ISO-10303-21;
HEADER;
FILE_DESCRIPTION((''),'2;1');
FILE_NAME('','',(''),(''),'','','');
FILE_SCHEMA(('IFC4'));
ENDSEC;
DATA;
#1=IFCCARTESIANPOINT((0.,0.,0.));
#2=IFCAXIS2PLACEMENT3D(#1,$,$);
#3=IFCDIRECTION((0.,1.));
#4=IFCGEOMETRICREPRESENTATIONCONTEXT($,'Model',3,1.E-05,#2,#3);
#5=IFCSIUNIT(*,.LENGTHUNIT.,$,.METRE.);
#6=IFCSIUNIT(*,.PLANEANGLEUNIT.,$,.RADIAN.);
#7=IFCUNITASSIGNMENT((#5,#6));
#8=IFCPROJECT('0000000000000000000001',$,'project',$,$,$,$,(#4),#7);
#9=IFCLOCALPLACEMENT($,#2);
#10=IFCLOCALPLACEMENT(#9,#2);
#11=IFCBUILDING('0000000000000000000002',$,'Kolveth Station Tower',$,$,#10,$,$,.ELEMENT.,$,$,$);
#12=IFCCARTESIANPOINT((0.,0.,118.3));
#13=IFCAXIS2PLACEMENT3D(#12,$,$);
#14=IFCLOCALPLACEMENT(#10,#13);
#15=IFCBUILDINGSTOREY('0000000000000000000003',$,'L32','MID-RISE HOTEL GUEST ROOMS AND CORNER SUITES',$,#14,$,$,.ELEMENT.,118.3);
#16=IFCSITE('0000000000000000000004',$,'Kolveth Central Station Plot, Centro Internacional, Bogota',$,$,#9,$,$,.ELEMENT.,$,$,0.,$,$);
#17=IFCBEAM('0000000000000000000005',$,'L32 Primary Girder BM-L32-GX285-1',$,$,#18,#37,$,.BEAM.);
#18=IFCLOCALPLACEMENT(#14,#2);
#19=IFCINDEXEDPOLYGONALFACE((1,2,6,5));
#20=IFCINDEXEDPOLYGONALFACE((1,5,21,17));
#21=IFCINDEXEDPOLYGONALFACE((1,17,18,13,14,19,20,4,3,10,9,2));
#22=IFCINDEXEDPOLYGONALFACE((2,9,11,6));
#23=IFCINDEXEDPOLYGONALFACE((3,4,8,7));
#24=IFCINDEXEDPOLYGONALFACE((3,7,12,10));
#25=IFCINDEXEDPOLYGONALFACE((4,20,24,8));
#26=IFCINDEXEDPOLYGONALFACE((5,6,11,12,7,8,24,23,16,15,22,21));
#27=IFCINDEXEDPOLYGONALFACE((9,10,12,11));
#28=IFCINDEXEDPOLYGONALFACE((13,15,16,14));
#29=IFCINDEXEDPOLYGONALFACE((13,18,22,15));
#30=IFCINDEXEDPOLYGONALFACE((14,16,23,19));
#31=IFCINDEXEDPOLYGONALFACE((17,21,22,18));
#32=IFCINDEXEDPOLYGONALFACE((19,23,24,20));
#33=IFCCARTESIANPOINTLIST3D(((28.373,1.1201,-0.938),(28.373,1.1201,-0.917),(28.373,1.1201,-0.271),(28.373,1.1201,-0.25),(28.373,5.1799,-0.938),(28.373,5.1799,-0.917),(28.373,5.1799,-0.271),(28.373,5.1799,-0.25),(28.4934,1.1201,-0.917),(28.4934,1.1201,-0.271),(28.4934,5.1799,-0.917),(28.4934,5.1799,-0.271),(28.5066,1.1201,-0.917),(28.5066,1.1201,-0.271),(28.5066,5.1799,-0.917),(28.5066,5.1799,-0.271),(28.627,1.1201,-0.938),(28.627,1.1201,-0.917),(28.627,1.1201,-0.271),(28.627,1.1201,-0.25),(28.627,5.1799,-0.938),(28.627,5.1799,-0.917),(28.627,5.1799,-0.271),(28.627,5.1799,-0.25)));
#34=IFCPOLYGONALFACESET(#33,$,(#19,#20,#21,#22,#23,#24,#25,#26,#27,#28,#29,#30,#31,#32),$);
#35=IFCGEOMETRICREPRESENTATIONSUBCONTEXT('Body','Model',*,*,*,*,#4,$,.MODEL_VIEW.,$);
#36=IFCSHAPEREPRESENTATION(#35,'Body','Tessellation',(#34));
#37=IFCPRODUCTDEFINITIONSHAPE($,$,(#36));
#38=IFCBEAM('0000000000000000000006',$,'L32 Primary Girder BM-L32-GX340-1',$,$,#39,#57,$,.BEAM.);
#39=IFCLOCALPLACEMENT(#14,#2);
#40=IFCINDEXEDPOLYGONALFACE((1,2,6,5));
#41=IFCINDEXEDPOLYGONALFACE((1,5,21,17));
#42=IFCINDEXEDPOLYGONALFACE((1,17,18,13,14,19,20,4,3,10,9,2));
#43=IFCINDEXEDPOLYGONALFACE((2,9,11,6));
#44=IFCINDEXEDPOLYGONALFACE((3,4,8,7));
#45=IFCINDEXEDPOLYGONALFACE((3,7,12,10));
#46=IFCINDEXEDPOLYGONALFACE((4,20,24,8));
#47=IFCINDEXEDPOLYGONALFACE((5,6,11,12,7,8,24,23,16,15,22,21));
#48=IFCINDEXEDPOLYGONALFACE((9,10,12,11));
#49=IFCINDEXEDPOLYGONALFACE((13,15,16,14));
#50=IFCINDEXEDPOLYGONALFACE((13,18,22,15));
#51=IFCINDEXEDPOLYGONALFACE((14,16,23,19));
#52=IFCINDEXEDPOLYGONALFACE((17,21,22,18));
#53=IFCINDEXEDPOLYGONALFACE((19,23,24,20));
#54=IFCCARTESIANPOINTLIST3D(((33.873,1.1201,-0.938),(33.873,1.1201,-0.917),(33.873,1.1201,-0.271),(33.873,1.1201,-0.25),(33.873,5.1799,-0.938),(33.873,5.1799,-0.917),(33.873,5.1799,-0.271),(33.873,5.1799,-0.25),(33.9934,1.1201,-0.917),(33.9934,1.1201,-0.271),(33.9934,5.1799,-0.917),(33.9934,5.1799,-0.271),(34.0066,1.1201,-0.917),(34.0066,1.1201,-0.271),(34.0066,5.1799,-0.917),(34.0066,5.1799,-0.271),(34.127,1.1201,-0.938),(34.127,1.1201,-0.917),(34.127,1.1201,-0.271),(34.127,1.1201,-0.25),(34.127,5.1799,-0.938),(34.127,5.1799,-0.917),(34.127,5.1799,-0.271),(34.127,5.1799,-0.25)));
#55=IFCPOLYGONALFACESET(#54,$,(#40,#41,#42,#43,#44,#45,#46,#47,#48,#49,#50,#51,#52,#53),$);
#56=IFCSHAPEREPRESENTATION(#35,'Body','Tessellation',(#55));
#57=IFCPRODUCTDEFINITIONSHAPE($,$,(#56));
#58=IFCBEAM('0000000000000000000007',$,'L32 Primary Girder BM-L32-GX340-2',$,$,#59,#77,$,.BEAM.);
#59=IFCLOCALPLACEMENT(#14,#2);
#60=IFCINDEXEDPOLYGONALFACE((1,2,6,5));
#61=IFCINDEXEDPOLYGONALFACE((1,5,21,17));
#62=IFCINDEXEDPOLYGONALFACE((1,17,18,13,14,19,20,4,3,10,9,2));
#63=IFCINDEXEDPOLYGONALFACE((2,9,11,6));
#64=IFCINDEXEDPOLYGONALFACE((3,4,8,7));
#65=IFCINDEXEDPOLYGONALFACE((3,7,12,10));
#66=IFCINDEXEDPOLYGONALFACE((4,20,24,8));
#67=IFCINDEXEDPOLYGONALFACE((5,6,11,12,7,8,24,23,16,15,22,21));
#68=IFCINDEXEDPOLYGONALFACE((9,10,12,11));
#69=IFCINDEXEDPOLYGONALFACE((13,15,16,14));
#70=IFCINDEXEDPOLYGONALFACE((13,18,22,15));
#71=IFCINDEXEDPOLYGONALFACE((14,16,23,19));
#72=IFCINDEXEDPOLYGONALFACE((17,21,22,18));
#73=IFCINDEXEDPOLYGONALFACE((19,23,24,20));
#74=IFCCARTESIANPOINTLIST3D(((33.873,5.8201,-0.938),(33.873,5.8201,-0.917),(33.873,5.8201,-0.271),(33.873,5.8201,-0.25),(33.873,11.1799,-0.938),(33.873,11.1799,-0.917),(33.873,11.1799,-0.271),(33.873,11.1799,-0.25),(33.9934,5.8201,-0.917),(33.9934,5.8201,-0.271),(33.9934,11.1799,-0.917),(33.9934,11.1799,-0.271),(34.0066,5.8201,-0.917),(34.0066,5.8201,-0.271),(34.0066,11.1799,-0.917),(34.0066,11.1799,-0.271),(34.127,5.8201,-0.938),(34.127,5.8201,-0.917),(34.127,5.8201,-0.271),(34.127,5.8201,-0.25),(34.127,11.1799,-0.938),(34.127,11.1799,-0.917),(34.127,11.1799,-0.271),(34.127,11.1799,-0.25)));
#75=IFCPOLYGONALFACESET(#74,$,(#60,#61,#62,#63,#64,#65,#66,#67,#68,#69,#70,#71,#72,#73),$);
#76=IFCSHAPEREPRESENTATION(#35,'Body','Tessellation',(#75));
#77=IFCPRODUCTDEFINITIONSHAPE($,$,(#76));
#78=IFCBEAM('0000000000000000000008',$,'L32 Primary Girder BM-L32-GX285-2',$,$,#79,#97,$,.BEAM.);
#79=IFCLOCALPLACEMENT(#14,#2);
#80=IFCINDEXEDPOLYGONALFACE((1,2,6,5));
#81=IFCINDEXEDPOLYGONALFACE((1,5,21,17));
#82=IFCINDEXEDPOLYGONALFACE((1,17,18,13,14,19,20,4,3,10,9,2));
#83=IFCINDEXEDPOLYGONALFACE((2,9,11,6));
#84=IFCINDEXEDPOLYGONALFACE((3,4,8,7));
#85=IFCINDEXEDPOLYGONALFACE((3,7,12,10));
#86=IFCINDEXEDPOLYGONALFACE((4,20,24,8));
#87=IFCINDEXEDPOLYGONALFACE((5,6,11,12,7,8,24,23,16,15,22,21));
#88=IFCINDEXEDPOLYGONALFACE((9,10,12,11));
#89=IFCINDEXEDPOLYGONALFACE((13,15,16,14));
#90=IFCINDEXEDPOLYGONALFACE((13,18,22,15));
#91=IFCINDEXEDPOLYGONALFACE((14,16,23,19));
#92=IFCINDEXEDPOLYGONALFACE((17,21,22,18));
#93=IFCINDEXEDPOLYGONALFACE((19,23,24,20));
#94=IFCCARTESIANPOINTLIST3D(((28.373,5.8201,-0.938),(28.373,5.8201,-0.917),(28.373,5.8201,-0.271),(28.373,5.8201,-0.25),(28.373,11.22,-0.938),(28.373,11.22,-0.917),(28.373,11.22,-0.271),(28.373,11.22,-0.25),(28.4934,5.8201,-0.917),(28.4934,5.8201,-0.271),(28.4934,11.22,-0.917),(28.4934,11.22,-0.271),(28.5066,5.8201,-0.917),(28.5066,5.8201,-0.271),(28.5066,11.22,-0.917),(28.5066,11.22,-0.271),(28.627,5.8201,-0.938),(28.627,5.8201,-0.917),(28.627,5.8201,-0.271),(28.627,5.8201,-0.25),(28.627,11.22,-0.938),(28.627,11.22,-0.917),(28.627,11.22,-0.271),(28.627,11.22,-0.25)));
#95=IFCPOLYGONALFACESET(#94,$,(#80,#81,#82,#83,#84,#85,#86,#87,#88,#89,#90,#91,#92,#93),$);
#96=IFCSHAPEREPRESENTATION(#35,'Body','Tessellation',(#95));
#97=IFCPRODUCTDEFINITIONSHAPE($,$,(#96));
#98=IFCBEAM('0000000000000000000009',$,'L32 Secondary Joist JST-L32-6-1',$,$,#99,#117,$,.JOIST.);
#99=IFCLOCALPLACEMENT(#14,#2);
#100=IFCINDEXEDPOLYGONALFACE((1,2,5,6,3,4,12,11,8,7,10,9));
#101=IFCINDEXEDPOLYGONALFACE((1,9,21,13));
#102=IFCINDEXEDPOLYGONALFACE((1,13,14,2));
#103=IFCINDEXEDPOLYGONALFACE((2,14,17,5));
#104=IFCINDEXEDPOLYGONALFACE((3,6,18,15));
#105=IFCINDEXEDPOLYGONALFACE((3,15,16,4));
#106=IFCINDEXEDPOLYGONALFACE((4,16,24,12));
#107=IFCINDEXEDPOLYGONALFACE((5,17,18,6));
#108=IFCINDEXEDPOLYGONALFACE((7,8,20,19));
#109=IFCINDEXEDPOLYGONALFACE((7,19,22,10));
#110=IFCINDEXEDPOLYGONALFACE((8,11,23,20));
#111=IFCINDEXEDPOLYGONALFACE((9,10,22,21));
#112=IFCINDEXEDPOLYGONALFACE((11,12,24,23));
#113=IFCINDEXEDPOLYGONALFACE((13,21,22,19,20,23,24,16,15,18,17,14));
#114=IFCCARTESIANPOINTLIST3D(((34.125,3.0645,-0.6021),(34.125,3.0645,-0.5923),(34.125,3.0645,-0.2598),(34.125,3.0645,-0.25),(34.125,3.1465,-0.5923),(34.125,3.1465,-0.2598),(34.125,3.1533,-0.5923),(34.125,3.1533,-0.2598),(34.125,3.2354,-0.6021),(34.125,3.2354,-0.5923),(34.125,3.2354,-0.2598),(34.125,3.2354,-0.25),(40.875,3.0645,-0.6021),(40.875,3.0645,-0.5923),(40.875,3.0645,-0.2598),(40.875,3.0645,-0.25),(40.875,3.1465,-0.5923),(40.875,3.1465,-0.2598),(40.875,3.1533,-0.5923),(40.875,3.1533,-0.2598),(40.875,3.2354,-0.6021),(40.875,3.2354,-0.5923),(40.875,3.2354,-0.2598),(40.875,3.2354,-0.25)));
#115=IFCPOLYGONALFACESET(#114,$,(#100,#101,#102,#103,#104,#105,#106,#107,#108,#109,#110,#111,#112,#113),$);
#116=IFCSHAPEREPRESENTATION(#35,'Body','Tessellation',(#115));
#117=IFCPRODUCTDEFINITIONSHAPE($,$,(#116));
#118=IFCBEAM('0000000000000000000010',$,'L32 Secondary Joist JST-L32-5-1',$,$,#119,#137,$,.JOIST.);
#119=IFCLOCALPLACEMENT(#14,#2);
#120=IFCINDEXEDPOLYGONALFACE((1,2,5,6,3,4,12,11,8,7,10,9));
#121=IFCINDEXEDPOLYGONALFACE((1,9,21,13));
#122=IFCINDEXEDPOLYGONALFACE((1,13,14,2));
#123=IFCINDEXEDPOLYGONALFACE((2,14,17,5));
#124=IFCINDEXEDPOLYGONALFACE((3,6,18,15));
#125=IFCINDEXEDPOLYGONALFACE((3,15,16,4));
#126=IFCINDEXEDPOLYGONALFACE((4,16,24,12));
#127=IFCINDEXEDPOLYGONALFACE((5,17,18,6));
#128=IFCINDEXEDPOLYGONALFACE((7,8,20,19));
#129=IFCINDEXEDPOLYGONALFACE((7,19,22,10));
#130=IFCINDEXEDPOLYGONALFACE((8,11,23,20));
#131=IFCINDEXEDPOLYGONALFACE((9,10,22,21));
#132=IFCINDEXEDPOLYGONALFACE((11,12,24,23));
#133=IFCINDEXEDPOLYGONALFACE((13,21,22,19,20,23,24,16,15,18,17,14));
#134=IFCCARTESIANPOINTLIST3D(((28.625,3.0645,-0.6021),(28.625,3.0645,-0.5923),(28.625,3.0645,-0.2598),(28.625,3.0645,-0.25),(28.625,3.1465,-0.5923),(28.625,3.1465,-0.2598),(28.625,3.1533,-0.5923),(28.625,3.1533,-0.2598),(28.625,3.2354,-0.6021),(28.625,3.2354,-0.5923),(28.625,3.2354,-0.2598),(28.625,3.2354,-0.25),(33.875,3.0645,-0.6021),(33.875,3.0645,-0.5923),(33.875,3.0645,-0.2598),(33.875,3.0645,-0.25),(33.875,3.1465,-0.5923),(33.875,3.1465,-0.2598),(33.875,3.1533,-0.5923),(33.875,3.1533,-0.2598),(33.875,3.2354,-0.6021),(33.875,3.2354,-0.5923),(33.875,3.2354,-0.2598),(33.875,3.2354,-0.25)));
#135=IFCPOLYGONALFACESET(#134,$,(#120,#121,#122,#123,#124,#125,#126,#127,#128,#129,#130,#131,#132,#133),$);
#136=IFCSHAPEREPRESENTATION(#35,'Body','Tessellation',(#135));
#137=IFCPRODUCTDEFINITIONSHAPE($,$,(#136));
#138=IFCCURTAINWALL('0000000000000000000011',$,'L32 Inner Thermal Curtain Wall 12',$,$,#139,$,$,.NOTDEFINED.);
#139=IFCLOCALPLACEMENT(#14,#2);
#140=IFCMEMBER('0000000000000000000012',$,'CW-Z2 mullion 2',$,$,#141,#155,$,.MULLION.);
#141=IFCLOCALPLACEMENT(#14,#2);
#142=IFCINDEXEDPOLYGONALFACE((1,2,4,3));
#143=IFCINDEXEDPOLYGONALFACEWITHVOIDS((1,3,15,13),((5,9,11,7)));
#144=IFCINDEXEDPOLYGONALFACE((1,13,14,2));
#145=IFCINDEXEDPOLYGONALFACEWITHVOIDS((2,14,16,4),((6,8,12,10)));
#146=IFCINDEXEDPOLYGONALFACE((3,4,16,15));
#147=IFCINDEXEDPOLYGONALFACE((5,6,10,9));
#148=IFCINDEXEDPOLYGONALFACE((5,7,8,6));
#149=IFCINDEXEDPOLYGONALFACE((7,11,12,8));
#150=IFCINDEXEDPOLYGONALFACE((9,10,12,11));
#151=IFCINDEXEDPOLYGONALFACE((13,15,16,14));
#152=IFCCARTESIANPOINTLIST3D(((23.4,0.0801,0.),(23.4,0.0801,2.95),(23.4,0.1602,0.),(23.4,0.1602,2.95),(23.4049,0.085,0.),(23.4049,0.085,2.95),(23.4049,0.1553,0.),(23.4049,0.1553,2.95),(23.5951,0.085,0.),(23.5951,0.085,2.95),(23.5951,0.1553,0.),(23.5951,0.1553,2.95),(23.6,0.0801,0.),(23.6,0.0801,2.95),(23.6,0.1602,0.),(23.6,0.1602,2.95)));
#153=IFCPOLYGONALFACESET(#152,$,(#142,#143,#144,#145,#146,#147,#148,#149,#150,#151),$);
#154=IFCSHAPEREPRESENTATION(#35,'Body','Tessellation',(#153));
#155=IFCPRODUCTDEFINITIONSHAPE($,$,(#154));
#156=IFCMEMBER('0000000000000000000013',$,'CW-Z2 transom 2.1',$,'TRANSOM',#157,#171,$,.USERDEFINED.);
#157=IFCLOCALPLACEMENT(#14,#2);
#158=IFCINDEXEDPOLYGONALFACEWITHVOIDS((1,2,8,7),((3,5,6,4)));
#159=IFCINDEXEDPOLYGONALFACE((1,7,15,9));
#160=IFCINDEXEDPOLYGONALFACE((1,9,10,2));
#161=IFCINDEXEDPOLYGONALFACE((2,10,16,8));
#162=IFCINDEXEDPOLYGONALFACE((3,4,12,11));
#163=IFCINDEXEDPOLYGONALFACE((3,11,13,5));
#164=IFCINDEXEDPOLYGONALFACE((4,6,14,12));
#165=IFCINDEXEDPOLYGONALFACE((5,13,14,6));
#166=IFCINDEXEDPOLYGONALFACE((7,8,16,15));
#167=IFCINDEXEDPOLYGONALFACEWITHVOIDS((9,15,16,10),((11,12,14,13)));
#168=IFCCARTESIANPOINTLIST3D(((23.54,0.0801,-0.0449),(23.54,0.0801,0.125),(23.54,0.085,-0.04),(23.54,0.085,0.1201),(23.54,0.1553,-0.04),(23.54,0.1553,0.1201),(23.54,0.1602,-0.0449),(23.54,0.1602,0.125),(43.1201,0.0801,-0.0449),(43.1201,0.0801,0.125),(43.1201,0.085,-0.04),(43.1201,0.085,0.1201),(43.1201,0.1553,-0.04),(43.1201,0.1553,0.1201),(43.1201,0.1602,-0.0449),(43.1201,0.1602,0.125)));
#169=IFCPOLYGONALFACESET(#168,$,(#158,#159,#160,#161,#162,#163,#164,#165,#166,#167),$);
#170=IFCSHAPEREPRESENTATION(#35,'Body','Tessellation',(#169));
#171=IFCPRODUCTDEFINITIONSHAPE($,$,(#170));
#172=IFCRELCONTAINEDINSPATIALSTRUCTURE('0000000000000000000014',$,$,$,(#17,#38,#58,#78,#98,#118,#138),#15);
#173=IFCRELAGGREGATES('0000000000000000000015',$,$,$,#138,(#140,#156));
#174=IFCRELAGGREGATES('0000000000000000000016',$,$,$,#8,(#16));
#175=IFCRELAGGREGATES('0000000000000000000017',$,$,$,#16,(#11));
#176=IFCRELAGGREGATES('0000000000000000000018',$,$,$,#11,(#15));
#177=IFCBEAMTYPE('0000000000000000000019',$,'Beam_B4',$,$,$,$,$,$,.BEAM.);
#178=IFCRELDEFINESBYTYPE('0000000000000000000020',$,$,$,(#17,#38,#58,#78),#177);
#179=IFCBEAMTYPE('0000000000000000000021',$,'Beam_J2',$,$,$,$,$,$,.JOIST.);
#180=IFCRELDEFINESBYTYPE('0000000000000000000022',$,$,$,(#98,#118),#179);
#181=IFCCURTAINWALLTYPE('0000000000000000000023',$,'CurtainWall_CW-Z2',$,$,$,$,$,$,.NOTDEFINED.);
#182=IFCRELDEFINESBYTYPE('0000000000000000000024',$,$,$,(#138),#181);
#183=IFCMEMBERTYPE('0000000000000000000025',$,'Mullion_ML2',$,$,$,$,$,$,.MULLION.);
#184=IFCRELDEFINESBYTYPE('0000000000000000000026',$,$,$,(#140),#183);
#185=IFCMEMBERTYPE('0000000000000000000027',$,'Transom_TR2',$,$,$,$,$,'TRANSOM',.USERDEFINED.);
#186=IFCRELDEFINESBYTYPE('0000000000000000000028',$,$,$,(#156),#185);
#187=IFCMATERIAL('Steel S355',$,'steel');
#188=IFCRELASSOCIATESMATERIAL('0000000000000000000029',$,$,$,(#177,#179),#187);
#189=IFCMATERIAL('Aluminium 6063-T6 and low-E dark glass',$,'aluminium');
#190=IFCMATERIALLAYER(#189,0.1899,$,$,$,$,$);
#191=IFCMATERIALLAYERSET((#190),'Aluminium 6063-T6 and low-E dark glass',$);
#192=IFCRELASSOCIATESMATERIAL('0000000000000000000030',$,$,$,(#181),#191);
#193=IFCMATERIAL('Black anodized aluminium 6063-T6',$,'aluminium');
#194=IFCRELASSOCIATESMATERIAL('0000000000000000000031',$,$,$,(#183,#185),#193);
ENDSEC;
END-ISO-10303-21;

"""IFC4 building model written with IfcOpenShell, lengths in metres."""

from ifc_helpers import new_model, si_unit, direction, frame, origin, origin_2d, place, context, subcontext, project, spatial, hollow_rectangle, i_section, extrude, source, transform, mapped, material, layer, layer_set, material_profile, profile_set, type_object, element, aggregate, save


model = new_model("IFC4")

# Units and contexts
model_context = context("Model", 3, precision=1e-05, world=origin(), true_north=direction((0.0, 1.0)))
body_context = subcontext(model_context, "Body", "Model", "MODEL_VIEW")
ifc_project = project(units=[si_unit("LENGTHUNIT", "METRE"), si_unit("PLANEANGLEUNIT", "RADIAN")], contexts=[model_context])

# Site, building, storey
site_placement = place(None, origin())
site = spatial("IfcSite", under=ifc_project, at=site_placement, Name="Kolveth Central Station Plot, Centro Internacional, Bogota", CompositionType="ELEMENT", RefElevation=0.0)
building_placement = place(site_placement, origin())
building = spatial("IfcBuilding", under=site, at=building_placement, Name="Kolveth Station Tower", CompositionType="ELEMENT")
storey_placement = place(building_placement, frame((0.0, 0.0, 118.3)))
storey = spatial("IfcBuildingStorey", under=building, at=storey_placement, Name="L32", Description="MID-RISE HOTEL GUEST ROOMS AND CORNER SUITES", CompositionType="ELEMENT", Elevation=118.3)

# Beams
ifc_material_1 = material(Name="Steel S355", Category="steel")
ifc_material_profile_1 = material_profile(ifc_material_1, i_section(OverallWidth=0.2539, OverallDepth=0.688, WebThickness=0.0132, FlangeThickness=0.021, at=origin_2d()), Name="W690x152")
ifc_profile_set_1 = profile_set([ifc_material_profile_1], Name="Steel S355")
beam_type_1 = type_object("IfcBeamType", Name="Beam_B4", PredefinedType="BEAM", material=ifc_profile_set_1)
shared_shape_1 = source(origin(), body_context, "Body", "SweptSolid", [
    extrude(i_section(OverallWidth=0.2539, OverallDepth=0.688, WebThickness=0.0132, FlangeThickness=0.021, at=origin_2d()), origin(), (0.0, 0.0, 1.0), 4.0598),
])
for number, where, z_axis, x_axis, name in (
    (1, (28.5, 1.1201, -0.594), (0.0, 1.0, 0.0), (-1.0, 0.0, 0.0), "L32 Primary Girder BM-L32-GX285-1"),
    (2, (34.0, 1.1201, -0.594), (0.0, 1.0, 0.0), (-1.0, 0.0, 0.0), "L32 Primary Girder BM-L32-GX340-1"),
):
    element("IfcBeam", number, at=place(storey_placement, frame(where, z_axis=z_axis, x_axis=x_axis)), inside=storey, type_object=beam_type_1, Name=name, PredefinedType="BEAM", context=body_context, shape_type="MappedRepresentation", body=[
        mapped(shared_shape_1, transform((0.0, 0.0, 0.0), x_axis=(1.0, 0.0, 0.0), y_axis=(0.0, 1.0, 0.0), z_axis=(0.0, 0.0, 1.0), scale=1.0)),
    ])
shared_shape_2 = source(origin(), body_context, "Body", "SweptSolid", [
    extrude(i_section(OverallWidth=0.2539, OverallDepth=0.688, WebThickness=0.0132, FlangeThickness=0.021, at=origin_2d()), origin(), (0.0, 0.0, 1.0), 5.3599),
])
beam_1_placement = place(storey_placement, frame((34.0, 5.8201, -0.594), z_axis=(0.0, 1.0, 0.0), x_axis=(-1.0, 0.0, 0.0)))
element("IfcBeam", 3, at=beam_1_placement, inside=storey, type_object=beam_type_1, Name="L32 Primary Girder BM-L32-GX340-2", PredefinedType="BEAM", context=body_context, shape_type="MappedRepresentation", body=[
    mapped(shared_shape_2, transform((0.0, 0.0, 0.0), x_axis=(1.0, 0.0, 0.0), y_axis=(0.0, 1.0, 0.0), z_axis=(0.0, 0.0, 1.0), scale=1.0)),
])
shared_shape_3 = source(origin(), body_context, "Body", "SweptSolid", [
    extrude(i_section(OverallWidth=0.2539, OverallDepth=0.688, WebThickness=0.0132, FlangeThickness=0.021, at=origin_2d()), origin(), (0.0, 0.0, 1.0), 5.3999),
])
beam_2_placement = place(storey_placement, frame((28.5, 5.8201, -0.594), z_axis=(0.0, 1.0, 0.0), x_axis=(-1.0, 0.0, 0.0)))
element("IfcBeam", 4, at=beam_2_placement, inside=storey, type_object=beam_type_1, Name="L32 Primary Girder BM-L32-GX285-2", PredefinedType="BEAM", context=body_context, shape_type="MappedRepresentation", body=[
    mapped(shared_shape_3, transform((0.0, 0.0, 0.0), x_axis=(1.0, 0.0, 0.0), y_axis=(0.0, 1.0, 0.0), z_axis=(0.0, 0.0, 1.0), scale=1.0)),
])
ifc_material_profile_2 = material_profile(ifc_material_1, i_section(OverallWidth=0.1709, OverallDepth=0.3521, WebThickness=0.0068, FlangeThickness=0.0098, at=origin_2d()), Name="W360x44")
ifc_profile_set_2 = profile_set([ifc_material_profile_2], Name="Steel S355")
beam_type_2 = type_object("IfcBeamType", Name="Beam_J2", PredefinedType="JOIST", material=ifc_profile_set_2)
shared_shape_4 = source(origin(), body_context, "Body", "SweptSolid", [
    extrude(i_section(OverallWidth=0.1709, OverallDepth=0.3521, WebThickness=0.0068, FlangeThickness=0.0098, at=origin_2d()), origin(), (0.0, 0.0, 1.0), 6.75),
])
beam_3_placement = place(storey_placement, frame((34.125, 3.1499, -0.426), z_axis=(1.0, 0.0, 0.0), x_axis=(0.0, 1.0, 0.0)))
element("IfcBeam", 5, at=beam_3_placement, inside=storey, type_object=beam_type_2, Name="L32 Secondary Joist JST-L32-6-1", PredefinedType="JOIST", context=body_context, shape_type="MappedRepresentation", body=[
    mapped(shared_shape_4, transform((0.0, 0.0, 0.0), x_axis=(1.0, 0.0, 0.0), y_axis=(0.0, 1.0, 0.0), z_axis=(0.0, 0.0, 1.0), scale=1.0)),
])
shared_shape_5 = source(origin(), body_context, "Body", "SweptSolid", [
    extrude(i_section(OverallWidth=0.1709, OverallDepth=0.3521, WebThickness=0.0068, FlangeThickness=0.0098, at=origin_2d()), origin(), (0.0, 0.0, 1.0), 5.25),
])
beam_4_placement = place(storey_placement, frame((28.625, 3.1499, -0.426), z_axis=(1.0, 0.0, 0.0), x_axis=(0.0, 1.0, 0.0)))
element("IfcBeam", 6, at=beam_4_placement, inside=storey, type_object=beam_type_2, Name="L32 Secondary Joist JST-L32-5-1", PredefinedType="JOIST", context=body_context, shape_type="MappedRepresentation", body=[
    mapped(shared_shape_5, transform((0.0, 0.0, 0.0), x_axis=(1.0, 0.0, 0.0), y_axis=(0.0, 1.0, 0.0), z_axis=(0.0, 0.0, 1.0), scale=1.0)),
])

# Curtain wall, members
ifc_material_2 = material(Name="Aluminium 6063-T6 and low-E dark glass", Category="aluminium")
ifc_layer_1 = layer(ifc_material_2, 0.1899)
ifc_layer_set_1 = layer_set([ifc_layer_1], Name="Aluminium 6063-T6 and low-E dark glass")
curtain_wall_type_1 = type_object("IfcCurtainWallType", Name="CurtainWall_CW-Z2", PredefinedType="NOTDEFINED", material=ifc_layer_set_1)
curtain_wall_1_placement = place(storey_placement, origin())
curtain_wall_1 = element("IfcCurtainWall", 7, at=curtain_wall_1_placement, inside=storey, type_object=curtain_wall_type_1, Name="L32 Inner Thermal Curtain Wall 12", PredefinedType="NOTDEFINED")
ifc_material_3 = material(Name="Black anodized aluminium 6063-T6", Category="aluminium")
ifc_material_profile_3 = material_profile(ifc_material_3, hollow_rectangle(XDim=0.0801, YDim=0.2, WallThickness=0.0049, at=origin_2d()), Name="ALU-80x200x5")
ifc_profile_set_3 = profile_set([ifc_material_profile_3], Name="Black anodized aluminium 6063-T6")
member_type_1 = type_object("IfcMemberType", Name="Mullion_ML2", PredefinedType="MULLION", material=ifc_profile_set_3)
shared_shape_6 = source(origin(), body_context, "Body", "SweptSolid", [
    extrude(hollow_rectangle(XDim=0.0801, YDim=0.2, WallThickness=0.0049, at=origin_2d()), origin(), (0.0, 0.0, 1.0), 2.95),
])
member_1_placement = place(storey_placement, frame((23.5, 0.1201, 0.0), z_axis=(0.0, 0.0, 1.0), x_axis=(0.0, 1.0, 0.0)))
member_1 = element("IfcMember", 8, at=member_1_placement, type_object=member_type_1, Name="CW-Z2 mullion 2", PredefinedType="MULLION", context=body_context, shape_type="MappedRepresentation", body=[
    mapped(shared_shape_6, transform((0.0, 0.0, 0.0), x_axis=(1.0, 0.0, 0.0), y_axis=(0.0, 1.0, 0.0), z_axis=(0.0, 0.0, 1.0), scale=1.0)),
])
ifc_material_profile_4 = material_profile(ifc_material_3, hollow_rectangle(XDim=0.0801, YDim=0.1699, WallThickness=0.0049, at=origin_2d()), Name="ALU-80x170x5")
ifc_profile_set_4 = profile_set([ifc_material_profile_4], Name="Black anodized aluminium 6063-T6")
member_type_2 = type_object("IfcMemberType", Name="Transom_TR2", ElementType="TRANSOM", PredefinedType="USERDEFINED", material=ifc_profile_set_4)
shared_shape_7 = source(origin(), body_context, "Body", "SweptSolid", [
    extrude(hollow_rectangle(XDim=0.0801, YDim=0.1699, WallThickness=0.0049, at=origin_2d()), origin(), (0.0, 0.0, 1.0), 19.5801),
])
member_2_placement = place(storey_placement, frame((23.54, 0.1201, 0.04), z_axis=(1.0, 0.0, 0.0), x_axis=(0.0, 1.0, 0.0)))
member_2 = element("IfcMember", 9, at=member_2_placement, type_object=member_type_2, Name="CW-Z2 transom 2.1", ObjectType="TRANSOM", PredefinedType="USERDEFINED", context=body_context, shape_type="MappedRepresentation", body=[
    mapped(shared_shape_7, transform((0.0, 0.0, 0.0), x_axis=(1.0, 0.0, 0.0), y_axis=(0.0, 1.0, 0.0), z_axis=(0.0, 0.0, 1.0), scale=1.0)),
])
aggregate(curtain_wall_1, [member_1, member_2])

save(model, "model.ifc")
